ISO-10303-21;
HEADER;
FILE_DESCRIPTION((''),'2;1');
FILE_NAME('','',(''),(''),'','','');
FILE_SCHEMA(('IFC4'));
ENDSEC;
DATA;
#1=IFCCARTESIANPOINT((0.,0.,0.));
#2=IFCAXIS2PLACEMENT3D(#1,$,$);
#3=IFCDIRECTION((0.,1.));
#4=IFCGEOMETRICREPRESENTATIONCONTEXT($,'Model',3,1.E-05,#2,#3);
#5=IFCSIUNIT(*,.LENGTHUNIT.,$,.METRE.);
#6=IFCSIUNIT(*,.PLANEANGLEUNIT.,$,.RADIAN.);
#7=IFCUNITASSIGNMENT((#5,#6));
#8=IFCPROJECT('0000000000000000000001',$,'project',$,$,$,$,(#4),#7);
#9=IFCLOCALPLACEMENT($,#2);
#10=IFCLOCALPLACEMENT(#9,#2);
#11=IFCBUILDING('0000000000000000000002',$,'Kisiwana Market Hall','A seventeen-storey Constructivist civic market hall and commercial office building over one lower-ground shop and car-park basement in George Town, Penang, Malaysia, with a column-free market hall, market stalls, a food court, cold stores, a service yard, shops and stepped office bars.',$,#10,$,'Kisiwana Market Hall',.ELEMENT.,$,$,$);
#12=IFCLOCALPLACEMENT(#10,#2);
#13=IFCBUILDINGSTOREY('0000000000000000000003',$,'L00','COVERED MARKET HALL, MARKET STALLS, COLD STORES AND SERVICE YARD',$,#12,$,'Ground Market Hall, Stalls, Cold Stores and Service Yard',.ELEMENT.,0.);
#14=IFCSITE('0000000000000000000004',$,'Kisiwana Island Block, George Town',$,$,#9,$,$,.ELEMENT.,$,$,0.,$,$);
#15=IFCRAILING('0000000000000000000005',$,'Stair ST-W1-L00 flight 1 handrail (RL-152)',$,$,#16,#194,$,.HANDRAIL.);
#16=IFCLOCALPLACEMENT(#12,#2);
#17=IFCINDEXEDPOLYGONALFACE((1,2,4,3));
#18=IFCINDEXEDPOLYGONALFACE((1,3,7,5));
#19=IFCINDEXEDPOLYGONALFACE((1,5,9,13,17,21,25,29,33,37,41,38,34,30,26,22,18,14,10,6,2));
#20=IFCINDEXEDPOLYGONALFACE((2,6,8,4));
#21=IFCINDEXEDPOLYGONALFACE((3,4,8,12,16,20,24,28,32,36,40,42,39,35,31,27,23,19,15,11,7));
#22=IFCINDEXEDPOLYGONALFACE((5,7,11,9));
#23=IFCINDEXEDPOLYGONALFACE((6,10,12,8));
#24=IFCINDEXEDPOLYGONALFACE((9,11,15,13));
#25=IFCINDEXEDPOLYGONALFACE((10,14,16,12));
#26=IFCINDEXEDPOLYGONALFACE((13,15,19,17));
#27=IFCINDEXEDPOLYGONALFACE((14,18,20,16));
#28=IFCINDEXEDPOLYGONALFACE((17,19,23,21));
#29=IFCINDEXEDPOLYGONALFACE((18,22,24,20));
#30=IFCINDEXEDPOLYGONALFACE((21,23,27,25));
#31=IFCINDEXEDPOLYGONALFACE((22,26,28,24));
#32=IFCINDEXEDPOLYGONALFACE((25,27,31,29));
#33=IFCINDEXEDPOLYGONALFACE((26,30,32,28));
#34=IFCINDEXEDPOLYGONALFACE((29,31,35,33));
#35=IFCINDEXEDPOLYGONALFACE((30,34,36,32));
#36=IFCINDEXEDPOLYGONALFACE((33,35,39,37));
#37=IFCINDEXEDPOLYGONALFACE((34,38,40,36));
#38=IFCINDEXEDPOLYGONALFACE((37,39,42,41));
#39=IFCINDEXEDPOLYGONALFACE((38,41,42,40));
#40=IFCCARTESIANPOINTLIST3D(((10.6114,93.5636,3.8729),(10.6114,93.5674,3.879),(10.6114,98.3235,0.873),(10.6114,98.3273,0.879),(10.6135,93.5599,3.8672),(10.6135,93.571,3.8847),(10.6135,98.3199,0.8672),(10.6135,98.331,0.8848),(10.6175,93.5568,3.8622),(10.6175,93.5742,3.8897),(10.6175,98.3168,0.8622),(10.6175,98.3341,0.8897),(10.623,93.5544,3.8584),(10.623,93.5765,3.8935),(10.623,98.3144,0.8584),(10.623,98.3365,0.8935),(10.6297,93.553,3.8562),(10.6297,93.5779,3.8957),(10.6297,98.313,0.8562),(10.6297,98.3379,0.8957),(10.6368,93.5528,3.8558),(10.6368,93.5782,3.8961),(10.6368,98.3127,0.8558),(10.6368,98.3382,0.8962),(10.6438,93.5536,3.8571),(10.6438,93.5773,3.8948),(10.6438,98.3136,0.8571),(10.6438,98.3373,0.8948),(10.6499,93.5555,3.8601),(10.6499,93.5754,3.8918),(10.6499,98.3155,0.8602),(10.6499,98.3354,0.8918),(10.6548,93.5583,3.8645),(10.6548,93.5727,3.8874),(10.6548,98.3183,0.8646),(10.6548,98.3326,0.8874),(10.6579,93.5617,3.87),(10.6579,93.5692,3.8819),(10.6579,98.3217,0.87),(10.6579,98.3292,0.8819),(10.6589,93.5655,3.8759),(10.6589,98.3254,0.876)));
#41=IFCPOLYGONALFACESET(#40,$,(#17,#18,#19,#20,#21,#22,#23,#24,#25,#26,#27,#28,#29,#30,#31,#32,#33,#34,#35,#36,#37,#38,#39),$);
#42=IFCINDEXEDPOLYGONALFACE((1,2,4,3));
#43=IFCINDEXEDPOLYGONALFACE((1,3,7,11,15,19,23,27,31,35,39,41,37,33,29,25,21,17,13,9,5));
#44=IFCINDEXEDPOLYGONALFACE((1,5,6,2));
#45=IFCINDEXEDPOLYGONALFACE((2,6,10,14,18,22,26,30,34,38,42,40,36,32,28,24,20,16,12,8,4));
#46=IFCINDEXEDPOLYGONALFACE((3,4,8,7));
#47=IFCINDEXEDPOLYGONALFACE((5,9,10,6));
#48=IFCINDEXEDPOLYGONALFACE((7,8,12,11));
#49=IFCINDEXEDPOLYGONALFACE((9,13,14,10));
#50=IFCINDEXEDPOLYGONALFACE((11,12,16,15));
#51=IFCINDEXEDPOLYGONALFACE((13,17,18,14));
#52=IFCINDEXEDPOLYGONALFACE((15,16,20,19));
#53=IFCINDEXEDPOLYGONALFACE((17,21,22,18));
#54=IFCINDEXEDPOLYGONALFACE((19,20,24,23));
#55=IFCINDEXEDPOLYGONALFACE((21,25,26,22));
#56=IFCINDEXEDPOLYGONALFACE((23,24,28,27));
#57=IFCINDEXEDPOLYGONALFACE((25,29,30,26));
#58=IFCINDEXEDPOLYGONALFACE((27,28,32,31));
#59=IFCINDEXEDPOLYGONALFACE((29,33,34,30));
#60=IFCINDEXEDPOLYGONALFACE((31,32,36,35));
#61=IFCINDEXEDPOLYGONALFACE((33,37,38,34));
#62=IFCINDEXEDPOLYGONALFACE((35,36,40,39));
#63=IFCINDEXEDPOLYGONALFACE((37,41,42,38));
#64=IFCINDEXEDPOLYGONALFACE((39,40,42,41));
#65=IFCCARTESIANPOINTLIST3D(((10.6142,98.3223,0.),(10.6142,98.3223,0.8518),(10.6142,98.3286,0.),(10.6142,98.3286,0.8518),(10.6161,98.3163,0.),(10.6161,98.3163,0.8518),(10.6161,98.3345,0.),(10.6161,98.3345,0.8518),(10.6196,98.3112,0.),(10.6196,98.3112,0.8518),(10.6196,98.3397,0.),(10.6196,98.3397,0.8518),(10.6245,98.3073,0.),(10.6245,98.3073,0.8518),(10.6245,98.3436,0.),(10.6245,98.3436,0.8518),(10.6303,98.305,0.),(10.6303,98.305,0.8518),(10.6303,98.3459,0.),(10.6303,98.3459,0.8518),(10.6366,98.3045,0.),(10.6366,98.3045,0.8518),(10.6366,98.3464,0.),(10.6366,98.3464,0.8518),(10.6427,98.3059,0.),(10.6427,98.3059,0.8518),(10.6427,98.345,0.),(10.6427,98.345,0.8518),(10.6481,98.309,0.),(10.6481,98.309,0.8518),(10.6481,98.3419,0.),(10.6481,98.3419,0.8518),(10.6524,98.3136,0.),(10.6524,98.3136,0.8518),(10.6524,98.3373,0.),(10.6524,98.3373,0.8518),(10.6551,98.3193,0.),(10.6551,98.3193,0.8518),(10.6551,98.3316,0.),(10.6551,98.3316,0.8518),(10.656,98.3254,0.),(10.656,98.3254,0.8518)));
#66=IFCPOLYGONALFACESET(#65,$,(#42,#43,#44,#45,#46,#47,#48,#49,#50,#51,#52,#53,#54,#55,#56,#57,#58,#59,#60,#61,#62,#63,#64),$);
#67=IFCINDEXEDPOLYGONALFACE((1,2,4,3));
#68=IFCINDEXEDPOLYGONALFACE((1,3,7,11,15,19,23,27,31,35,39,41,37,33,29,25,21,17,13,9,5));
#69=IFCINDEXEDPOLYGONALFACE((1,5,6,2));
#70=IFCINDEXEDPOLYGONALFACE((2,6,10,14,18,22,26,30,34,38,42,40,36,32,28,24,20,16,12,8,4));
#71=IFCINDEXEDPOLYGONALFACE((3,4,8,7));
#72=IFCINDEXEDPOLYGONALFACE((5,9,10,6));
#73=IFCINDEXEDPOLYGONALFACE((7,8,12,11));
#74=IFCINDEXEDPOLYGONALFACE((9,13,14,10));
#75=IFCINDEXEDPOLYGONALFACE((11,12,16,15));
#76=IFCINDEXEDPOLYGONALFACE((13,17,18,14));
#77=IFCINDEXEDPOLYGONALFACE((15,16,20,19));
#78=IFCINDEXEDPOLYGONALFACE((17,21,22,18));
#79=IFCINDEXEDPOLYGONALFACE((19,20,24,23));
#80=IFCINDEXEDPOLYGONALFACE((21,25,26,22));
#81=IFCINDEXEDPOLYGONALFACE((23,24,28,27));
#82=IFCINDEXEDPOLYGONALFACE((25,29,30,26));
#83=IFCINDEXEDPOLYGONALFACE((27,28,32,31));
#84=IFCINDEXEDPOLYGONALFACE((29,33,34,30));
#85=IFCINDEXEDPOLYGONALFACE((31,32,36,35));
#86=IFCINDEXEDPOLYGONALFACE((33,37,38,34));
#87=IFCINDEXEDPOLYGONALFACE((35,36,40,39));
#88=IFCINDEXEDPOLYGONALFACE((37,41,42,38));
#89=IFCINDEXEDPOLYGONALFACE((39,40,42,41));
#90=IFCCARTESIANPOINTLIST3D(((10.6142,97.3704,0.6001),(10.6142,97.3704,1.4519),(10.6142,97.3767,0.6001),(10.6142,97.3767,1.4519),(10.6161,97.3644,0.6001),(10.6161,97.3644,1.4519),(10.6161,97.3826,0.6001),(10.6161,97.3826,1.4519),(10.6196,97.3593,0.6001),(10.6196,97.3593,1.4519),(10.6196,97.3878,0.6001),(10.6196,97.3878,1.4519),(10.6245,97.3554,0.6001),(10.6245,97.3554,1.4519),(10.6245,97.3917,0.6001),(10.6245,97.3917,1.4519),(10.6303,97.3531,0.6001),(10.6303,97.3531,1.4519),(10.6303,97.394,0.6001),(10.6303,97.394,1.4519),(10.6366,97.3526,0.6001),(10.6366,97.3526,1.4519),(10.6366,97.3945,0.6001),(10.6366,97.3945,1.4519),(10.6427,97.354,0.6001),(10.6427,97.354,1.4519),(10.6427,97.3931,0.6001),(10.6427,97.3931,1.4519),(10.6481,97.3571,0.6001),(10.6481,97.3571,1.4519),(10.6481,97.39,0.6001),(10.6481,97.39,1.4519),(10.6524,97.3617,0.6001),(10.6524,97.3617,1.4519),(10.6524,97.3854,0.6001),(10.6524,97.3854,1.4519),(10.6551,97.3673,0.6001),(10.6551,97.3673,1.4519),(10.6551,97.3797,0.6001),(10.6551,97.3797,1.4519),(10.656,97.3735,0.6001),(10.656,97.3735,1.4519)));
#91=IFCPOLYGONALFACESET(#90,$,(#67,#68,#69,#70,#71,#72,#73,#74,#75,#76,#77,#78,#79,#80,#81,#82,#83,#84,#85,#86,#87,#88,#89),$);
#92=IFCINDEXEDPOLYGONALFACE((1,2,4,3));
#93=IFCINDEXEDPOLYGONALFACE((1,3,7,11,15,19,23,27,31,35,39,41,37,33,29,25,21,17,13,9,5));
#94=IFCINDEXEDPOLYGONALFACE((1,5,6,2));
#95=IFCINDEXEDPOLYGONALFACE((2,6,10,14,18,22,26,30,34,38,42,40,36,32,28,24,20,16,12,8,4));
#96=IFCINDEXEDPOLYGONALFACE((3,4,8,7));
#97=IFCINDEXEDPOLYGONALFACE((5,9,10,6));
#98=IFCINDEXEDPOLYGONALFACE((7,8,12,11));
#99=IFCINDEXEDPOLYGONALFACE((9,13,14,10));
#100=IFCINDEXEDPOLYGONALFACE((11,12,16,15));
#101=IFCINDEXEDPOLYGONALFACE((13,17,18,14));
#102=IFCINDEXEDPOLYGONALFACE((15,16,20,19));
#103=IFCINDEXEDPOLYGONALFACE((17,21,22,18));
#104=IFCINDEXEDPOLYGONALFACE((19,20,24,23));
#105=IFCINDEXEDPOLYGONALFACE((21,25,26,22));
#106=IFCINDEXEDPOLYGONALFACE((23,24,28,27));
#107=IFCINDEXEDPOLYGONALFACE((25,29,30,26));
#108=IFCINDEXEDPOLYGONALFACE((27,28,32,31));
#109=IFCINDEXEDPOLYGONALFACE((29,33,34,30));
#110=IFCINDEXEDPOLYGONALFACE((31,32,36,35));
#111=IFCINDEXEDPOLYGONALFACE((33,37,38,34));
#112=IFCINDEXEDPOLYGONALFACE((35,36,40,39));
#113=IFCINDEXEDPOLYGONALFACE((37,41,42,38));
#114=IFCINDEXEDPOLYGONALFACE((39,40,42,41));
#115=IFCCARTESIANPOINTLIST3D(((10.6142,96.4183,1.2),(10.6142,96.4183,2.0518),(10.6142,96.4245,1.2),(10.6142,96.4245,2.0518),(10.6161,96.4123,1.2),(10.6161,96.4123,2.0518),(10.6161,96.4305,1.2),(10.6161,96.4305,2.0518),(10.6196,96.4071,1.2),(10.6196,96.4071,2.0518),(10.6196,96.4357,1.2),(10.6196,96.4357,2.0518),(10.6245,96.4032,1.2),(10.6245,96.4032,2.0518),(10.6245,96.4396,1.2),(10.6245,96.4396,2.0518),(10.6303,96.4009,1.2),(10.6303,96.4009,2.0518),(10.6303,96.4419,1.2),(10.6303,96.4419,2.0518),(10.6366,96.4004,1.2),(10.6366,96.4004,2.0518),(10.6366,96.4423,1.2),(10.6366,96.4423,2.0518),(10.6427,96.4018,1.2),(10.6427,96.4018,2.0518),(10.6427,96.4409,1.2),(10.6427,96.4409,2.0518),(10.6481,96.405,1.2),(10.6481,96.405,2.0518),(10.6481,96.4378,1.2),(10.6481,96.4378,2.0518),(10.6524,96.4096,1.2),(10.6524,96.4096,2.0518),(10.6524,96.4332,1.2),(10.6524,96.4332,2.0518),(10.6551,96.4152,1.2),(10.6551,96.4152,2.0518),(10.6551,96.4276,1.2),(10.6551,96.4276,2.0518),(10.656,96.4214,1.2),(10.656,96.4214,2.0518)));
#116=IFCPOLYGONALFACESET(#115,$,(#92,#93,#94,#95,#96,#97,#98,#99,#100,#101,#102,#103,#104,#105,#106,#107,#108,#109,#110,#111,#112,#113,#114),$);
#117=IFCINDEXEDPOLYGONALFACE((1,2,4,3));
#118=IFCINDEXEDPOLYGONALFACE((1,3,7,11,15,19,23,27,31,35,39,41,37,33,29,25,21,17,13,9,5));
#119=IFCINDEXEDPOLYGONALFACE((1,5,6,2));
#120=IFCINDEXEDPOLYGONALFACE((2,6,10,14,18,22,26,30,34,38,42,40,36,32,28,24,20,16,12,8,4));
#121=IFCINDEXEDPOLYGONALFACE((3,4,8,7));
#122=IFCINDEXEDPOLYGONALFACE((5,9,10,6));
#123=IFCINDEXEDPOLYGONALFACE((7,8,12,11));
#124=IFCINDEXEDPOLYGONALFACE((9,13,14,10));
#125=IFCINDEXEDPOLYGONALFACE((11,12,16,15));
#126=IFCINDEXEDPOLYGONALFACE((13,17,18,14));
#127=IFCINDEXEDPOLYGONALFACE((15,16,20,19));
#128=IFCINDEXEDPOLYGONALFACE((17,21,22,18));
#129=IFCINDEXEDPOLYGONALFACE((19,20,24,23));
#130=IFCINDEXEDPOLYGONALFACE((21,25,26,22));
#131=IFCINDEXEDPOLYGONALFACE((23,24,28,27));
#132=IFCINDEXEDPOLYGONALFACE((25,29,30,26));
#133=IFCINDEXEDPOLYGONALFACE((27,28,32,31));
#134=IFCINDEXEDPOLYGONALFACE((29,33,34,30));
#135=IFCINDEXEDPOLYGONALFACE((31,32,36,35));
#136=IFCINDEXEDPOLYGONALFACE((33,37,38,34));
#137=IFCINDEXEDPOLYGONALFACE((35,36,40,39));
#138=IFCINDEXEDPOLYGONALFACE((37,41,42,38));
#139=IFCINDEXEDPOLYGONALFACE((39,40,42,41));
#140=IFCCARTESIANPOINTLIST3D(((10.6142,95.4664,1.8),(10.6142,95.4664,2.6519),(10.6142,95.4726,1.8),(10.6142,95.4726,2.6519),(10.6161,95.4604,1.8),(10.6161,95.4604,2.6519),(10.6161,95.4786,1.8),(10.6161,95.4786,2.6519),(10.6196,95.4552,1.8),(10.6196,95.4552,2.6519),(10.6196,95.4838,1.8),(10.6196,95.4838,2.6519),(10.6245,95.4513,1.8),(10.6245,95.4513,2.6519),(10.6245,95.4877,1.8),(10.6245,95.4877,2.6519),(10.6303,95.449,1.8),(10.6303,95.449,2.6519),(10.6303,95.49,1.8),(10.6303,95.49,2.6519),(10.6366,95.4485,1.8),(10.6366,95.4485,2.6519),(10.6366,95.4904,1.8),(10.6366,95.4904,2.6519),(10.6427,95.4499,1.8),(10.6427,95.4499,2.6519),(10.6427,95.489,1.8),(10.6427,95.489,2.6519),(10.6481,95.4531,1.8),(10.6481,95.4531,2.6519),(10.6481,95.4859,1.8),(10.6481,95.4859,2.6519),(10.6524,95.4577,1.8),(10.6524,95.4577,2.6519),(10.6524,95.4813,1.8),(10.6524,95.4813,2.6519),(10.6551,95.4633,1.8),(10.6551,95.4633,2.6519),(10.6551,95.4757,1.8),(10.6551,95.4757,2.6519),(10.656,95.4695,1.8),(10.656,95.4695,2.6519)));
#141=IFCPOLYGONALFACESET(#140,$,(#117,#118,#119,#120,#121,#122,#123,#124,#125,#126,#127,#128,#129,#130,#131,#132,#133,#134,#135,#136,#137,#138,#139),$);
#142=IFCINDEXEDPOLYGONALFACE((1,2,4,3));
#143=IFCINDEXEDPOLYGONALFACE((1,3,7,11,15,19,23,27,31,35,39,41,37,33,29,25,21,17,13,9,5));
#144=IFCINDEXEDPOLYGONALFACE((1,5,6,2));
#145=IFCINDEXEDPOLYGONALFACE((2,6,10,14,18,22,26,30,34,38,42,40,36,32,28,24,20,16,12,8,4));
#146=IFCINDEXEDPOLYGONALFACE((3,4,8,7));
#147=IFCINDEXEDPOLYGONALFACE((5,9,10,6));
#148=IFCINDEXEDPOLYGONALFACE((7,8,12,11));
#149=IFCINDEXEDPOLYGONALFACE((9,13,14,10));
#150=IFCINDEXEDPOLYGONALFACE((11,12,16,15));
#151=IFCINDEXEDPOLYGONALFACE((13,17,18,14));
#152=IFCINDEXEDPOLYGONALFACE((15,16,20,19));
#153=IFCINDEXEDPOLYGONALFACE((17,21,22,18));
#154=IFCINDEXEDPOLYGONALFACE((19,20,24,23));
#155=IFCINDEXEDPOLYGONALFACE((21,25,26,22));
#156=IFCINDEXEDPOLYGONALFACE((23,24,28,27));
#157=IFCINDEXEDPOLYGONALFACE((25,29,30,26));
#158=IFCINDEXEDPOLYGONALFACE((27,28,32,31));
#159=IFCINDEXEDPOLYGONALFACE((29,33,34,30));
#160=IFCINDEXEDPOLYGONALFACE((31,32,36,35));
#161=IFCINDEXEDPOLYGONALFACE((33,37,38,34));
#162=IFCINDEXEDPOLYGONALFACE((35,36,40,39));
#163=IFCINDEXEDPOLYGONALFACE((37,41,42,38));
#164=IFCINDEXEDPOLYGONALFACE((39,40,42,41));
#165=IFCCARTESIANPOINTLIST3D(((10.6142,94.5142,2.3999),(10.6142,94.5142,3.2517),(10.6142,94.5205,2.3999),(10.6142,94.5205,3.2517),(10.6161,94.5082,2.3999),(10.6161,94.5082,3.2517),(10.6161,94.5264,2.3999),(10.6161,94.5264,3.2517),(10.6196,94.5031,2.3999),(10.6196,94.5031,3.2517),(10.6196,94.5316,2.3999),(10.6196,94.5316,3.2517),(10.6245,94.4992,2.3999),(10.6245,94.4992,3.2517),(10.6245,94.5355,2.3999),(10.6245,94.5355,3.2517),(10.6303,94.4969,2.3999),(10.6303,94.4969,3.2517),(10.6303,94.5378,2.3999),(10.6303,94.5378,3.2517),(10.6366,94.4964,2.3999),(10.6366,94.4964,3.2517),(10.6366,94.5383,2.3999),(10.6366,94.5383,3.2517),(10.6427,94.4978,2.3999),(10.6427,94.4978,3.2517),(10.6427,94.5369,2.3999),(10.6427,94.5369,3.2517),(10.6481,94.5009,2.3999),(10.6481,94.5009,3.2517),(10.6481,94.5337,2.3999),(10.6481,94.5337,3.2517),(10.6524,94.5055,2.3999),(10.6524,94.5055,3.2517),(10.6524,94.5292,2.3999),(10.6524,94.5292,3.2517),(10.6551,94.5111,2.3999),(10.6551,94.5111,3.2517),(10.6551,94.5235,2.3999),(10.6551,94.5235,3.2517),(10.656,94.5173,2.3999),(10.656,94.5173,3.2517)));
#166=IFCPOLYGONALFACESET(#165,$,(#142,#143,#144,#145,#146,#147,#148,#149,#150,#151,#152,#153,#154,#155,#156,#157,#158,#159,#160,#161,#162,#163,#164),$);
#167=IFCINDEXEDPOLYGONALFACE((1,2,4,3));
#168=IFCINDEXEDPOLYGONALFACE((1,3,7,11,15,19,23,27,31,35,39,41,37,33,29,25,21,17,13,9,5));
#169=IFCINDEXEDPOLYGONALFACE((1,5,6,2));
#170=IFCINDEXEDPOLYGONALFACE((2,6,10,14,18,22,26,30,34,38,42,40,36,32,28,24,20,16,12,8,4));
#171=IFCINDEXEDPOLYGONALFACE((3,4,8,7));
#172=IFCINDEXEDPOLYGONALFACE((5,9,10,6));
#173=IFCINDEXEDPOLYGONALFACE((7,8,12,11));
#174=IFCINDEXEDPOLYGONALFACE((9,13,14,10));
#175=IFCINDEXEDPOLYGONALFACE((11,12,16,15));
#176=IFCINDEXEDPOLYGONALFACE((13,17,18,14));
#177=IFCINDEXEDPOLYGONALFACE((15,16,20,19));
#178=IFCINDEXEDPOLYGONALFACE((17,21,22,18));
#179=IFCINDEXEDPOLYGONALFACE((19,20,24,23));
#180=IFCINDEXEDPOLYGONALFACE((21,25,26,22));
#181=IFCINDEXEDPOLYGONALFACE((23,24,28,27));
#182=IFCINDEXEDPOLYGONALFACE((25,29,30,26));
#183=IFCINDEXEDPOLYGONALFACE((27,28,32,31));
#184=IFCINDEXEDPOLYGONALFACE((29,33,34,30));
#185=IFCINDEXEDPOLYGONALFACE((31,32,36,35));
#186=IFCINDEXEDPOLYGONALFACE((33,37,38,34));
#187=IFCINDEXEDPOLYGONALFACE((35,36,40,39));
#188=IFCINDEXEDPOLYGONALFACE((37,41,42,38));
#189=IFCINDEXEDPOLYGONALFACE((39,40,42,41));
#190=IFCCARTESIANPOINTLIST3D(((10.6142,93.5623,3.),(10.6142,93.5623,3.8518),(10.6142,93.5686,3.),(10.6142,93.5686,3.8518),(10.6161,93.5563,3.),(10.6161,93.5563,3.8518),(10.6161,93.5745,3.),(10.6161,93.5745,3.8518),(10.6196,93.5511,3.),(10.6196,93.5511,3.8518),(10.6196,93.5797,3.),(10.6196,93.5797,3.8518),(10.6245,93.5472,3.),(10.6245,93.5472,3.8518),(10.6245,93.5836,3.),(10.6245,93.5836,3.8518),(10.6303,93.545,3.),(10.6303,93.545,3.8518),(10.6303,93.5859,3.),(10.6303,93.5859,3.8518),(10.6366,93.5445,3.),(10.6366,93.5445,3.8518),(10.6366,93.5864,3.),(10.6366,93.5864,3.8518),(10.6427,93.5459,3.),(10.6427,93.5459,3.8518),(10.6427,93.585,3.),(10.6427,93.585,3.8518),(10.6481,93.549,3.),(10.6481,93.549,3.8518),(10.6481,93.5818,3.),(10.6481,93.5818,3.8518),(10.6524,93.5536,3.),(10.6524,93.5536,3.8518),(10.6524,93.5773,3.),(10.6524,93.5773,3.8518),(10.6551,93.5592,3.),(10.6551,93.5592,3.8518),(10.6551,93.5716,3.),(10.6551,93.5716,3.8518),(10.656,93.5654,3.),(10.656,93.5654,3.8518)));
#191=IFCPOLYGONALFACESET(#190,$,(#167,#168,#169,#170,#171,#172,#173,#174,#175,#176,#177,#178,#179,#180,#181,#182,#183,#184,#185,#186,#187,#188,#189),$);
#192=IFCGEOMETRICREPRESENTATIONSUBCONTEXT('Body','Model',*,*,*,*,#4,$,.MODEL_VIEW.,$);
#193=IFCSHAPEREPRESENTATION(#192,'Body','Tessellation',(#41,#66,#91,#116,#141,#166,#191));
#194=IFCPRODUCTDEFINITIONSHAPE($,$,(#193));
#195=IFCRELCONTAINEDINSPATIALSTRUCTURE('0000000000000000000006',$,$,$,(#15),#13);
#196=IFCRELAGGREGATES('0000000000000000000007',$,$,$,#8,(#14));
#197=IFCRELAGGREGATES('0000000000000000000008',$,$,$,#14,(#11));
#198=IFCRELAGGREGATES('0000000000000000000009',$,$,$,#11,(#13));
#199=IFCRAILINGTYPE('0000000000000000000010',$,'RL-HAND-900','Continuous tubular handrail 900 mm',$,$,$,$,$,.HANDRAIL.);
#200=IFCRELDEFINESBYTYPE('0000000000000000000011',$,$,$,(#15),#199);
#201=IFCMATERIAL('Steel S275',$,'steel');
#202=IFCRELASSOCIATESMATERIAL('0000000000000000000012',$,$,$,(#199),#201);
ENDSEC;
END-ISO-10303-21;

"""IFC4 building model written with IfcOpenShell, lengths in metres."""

from ifc_helpers import new_model, si_unit, direction, frame, origin, origin_2d, place, context, subcontext, project, spatial, circle, extrude, material, type_object, element, save


model = new_model("IFC4")

# Units and contexts
model_context = context("Model", 3, precision=1e-05, world=origin(), true_north=direction((0.0, 1.0)))
body_context = subcontext(model_context, "Body", "Model", "MODEL_VIEW")
ifc_project = project(units=[si_unit("LENGTHUNIT", "METRE"), si_unit("PLANEANGLEUNIT", "RADIAN")], contexts=[model_context])

# Site, building, storey
site_placement = place(None, origin())
site = spatial("IfcSite", under=ifc_project, at=site_placement, Name="Kisiwana Island Block, George Town", CompositionType="ELEMENT", RefElevation=0.0)
building_placement = place(site_placement, origin())
building = spatial("IfcBuilding", under=site, at=building_placement, Name="Kisiwana Market Hall", Description="A seventeen-storey Constructivist civic market hall and commercial office building over one lower-ground shop and car-park basement in George Town, Penang, Malaysia, with a column-free market hall, market stalls, a food court, cold stores, a service yard, shops and stepped office bars.", LongName="Kisiwana Market Hall", CompositionType="ELEMENT")
storey_placement = place(building_placement, origin())
storey = spatial("IfcBuildingStorey", under=building, at=storey_placement, Name="L00", Description="COVERED MARKET HALL, MARKET STALLS, COLD STORES AND SERVICE YARD", LongName="Ground Market Hall, Stalls, Cold Stores and Service Yard", CompositionType="ELEMENT", Elevation=0.0)

# Railing
ifc_material_1 = material(Name="Steel S275", Category="steel")
railing_type_1 = type_object("IfcRailingType", Name="RL-HAND-900", Description="Continuous tubular handrail 900 mm", PredefinedType="HANDRAIL", material=ifc_material_1)
railing_1_placement = place(storey_placement, frame((10.635, 98.3254, 0.0)))
element("IfcRailing", 1, at=railing_1_placement, inside=storey, type_object=railing_type_1, Name="Stair ST-W1-L00 flight 1 handrail (RL-152)", PredefinedType="HANDRAIL", context=body_context, shape_type="SweptSolid", body=[
    extrude(circle(Radius=0.0239, at=origin_2d()), frame((0.0, 0.0, 0.876), z_axis=(0.0, -0.845996, 0.53319), x_axis=(1.0, 0.0, 0.0)), (0.0, 0.0, 1.0), 5.6265),
    extrude(circle(Radius=0.021, at=origin_2d()), origin(), (0.0, 0.0, 1.0), 0.8518),
    extrude(circle(Radius=0.021, at=origin_2d()), frame((0.0, -0.9519, 0.6001)), (0.0, 0.0, 1.0), 0.8518),
    extrude(circle(Radius=0.021, at=origin_2d()), frame((0.0, -1.9041, 1.2)), (0.0, 0.0, 1.0), 0.8518),
    extrude(circle(Radius=0.021, at=origin_2d()), frame((0.0, -2.856, 1.8)), (0.0, 0.0, 1.0), 0.8518),
    extrude(circle(Radius=0.021, at=origin_2d()), frame((0.0, -3.8081, 2.3999)), (0.0, 0.0, 1.0), 0.8518),
    extrude(circle(Radius=0.021, at=origin_2d()), frame((0.0, -4.76, 3.0)), (0.0, 0.0, 1.0), 0.8518),
])

save(model, "model.ifc")
